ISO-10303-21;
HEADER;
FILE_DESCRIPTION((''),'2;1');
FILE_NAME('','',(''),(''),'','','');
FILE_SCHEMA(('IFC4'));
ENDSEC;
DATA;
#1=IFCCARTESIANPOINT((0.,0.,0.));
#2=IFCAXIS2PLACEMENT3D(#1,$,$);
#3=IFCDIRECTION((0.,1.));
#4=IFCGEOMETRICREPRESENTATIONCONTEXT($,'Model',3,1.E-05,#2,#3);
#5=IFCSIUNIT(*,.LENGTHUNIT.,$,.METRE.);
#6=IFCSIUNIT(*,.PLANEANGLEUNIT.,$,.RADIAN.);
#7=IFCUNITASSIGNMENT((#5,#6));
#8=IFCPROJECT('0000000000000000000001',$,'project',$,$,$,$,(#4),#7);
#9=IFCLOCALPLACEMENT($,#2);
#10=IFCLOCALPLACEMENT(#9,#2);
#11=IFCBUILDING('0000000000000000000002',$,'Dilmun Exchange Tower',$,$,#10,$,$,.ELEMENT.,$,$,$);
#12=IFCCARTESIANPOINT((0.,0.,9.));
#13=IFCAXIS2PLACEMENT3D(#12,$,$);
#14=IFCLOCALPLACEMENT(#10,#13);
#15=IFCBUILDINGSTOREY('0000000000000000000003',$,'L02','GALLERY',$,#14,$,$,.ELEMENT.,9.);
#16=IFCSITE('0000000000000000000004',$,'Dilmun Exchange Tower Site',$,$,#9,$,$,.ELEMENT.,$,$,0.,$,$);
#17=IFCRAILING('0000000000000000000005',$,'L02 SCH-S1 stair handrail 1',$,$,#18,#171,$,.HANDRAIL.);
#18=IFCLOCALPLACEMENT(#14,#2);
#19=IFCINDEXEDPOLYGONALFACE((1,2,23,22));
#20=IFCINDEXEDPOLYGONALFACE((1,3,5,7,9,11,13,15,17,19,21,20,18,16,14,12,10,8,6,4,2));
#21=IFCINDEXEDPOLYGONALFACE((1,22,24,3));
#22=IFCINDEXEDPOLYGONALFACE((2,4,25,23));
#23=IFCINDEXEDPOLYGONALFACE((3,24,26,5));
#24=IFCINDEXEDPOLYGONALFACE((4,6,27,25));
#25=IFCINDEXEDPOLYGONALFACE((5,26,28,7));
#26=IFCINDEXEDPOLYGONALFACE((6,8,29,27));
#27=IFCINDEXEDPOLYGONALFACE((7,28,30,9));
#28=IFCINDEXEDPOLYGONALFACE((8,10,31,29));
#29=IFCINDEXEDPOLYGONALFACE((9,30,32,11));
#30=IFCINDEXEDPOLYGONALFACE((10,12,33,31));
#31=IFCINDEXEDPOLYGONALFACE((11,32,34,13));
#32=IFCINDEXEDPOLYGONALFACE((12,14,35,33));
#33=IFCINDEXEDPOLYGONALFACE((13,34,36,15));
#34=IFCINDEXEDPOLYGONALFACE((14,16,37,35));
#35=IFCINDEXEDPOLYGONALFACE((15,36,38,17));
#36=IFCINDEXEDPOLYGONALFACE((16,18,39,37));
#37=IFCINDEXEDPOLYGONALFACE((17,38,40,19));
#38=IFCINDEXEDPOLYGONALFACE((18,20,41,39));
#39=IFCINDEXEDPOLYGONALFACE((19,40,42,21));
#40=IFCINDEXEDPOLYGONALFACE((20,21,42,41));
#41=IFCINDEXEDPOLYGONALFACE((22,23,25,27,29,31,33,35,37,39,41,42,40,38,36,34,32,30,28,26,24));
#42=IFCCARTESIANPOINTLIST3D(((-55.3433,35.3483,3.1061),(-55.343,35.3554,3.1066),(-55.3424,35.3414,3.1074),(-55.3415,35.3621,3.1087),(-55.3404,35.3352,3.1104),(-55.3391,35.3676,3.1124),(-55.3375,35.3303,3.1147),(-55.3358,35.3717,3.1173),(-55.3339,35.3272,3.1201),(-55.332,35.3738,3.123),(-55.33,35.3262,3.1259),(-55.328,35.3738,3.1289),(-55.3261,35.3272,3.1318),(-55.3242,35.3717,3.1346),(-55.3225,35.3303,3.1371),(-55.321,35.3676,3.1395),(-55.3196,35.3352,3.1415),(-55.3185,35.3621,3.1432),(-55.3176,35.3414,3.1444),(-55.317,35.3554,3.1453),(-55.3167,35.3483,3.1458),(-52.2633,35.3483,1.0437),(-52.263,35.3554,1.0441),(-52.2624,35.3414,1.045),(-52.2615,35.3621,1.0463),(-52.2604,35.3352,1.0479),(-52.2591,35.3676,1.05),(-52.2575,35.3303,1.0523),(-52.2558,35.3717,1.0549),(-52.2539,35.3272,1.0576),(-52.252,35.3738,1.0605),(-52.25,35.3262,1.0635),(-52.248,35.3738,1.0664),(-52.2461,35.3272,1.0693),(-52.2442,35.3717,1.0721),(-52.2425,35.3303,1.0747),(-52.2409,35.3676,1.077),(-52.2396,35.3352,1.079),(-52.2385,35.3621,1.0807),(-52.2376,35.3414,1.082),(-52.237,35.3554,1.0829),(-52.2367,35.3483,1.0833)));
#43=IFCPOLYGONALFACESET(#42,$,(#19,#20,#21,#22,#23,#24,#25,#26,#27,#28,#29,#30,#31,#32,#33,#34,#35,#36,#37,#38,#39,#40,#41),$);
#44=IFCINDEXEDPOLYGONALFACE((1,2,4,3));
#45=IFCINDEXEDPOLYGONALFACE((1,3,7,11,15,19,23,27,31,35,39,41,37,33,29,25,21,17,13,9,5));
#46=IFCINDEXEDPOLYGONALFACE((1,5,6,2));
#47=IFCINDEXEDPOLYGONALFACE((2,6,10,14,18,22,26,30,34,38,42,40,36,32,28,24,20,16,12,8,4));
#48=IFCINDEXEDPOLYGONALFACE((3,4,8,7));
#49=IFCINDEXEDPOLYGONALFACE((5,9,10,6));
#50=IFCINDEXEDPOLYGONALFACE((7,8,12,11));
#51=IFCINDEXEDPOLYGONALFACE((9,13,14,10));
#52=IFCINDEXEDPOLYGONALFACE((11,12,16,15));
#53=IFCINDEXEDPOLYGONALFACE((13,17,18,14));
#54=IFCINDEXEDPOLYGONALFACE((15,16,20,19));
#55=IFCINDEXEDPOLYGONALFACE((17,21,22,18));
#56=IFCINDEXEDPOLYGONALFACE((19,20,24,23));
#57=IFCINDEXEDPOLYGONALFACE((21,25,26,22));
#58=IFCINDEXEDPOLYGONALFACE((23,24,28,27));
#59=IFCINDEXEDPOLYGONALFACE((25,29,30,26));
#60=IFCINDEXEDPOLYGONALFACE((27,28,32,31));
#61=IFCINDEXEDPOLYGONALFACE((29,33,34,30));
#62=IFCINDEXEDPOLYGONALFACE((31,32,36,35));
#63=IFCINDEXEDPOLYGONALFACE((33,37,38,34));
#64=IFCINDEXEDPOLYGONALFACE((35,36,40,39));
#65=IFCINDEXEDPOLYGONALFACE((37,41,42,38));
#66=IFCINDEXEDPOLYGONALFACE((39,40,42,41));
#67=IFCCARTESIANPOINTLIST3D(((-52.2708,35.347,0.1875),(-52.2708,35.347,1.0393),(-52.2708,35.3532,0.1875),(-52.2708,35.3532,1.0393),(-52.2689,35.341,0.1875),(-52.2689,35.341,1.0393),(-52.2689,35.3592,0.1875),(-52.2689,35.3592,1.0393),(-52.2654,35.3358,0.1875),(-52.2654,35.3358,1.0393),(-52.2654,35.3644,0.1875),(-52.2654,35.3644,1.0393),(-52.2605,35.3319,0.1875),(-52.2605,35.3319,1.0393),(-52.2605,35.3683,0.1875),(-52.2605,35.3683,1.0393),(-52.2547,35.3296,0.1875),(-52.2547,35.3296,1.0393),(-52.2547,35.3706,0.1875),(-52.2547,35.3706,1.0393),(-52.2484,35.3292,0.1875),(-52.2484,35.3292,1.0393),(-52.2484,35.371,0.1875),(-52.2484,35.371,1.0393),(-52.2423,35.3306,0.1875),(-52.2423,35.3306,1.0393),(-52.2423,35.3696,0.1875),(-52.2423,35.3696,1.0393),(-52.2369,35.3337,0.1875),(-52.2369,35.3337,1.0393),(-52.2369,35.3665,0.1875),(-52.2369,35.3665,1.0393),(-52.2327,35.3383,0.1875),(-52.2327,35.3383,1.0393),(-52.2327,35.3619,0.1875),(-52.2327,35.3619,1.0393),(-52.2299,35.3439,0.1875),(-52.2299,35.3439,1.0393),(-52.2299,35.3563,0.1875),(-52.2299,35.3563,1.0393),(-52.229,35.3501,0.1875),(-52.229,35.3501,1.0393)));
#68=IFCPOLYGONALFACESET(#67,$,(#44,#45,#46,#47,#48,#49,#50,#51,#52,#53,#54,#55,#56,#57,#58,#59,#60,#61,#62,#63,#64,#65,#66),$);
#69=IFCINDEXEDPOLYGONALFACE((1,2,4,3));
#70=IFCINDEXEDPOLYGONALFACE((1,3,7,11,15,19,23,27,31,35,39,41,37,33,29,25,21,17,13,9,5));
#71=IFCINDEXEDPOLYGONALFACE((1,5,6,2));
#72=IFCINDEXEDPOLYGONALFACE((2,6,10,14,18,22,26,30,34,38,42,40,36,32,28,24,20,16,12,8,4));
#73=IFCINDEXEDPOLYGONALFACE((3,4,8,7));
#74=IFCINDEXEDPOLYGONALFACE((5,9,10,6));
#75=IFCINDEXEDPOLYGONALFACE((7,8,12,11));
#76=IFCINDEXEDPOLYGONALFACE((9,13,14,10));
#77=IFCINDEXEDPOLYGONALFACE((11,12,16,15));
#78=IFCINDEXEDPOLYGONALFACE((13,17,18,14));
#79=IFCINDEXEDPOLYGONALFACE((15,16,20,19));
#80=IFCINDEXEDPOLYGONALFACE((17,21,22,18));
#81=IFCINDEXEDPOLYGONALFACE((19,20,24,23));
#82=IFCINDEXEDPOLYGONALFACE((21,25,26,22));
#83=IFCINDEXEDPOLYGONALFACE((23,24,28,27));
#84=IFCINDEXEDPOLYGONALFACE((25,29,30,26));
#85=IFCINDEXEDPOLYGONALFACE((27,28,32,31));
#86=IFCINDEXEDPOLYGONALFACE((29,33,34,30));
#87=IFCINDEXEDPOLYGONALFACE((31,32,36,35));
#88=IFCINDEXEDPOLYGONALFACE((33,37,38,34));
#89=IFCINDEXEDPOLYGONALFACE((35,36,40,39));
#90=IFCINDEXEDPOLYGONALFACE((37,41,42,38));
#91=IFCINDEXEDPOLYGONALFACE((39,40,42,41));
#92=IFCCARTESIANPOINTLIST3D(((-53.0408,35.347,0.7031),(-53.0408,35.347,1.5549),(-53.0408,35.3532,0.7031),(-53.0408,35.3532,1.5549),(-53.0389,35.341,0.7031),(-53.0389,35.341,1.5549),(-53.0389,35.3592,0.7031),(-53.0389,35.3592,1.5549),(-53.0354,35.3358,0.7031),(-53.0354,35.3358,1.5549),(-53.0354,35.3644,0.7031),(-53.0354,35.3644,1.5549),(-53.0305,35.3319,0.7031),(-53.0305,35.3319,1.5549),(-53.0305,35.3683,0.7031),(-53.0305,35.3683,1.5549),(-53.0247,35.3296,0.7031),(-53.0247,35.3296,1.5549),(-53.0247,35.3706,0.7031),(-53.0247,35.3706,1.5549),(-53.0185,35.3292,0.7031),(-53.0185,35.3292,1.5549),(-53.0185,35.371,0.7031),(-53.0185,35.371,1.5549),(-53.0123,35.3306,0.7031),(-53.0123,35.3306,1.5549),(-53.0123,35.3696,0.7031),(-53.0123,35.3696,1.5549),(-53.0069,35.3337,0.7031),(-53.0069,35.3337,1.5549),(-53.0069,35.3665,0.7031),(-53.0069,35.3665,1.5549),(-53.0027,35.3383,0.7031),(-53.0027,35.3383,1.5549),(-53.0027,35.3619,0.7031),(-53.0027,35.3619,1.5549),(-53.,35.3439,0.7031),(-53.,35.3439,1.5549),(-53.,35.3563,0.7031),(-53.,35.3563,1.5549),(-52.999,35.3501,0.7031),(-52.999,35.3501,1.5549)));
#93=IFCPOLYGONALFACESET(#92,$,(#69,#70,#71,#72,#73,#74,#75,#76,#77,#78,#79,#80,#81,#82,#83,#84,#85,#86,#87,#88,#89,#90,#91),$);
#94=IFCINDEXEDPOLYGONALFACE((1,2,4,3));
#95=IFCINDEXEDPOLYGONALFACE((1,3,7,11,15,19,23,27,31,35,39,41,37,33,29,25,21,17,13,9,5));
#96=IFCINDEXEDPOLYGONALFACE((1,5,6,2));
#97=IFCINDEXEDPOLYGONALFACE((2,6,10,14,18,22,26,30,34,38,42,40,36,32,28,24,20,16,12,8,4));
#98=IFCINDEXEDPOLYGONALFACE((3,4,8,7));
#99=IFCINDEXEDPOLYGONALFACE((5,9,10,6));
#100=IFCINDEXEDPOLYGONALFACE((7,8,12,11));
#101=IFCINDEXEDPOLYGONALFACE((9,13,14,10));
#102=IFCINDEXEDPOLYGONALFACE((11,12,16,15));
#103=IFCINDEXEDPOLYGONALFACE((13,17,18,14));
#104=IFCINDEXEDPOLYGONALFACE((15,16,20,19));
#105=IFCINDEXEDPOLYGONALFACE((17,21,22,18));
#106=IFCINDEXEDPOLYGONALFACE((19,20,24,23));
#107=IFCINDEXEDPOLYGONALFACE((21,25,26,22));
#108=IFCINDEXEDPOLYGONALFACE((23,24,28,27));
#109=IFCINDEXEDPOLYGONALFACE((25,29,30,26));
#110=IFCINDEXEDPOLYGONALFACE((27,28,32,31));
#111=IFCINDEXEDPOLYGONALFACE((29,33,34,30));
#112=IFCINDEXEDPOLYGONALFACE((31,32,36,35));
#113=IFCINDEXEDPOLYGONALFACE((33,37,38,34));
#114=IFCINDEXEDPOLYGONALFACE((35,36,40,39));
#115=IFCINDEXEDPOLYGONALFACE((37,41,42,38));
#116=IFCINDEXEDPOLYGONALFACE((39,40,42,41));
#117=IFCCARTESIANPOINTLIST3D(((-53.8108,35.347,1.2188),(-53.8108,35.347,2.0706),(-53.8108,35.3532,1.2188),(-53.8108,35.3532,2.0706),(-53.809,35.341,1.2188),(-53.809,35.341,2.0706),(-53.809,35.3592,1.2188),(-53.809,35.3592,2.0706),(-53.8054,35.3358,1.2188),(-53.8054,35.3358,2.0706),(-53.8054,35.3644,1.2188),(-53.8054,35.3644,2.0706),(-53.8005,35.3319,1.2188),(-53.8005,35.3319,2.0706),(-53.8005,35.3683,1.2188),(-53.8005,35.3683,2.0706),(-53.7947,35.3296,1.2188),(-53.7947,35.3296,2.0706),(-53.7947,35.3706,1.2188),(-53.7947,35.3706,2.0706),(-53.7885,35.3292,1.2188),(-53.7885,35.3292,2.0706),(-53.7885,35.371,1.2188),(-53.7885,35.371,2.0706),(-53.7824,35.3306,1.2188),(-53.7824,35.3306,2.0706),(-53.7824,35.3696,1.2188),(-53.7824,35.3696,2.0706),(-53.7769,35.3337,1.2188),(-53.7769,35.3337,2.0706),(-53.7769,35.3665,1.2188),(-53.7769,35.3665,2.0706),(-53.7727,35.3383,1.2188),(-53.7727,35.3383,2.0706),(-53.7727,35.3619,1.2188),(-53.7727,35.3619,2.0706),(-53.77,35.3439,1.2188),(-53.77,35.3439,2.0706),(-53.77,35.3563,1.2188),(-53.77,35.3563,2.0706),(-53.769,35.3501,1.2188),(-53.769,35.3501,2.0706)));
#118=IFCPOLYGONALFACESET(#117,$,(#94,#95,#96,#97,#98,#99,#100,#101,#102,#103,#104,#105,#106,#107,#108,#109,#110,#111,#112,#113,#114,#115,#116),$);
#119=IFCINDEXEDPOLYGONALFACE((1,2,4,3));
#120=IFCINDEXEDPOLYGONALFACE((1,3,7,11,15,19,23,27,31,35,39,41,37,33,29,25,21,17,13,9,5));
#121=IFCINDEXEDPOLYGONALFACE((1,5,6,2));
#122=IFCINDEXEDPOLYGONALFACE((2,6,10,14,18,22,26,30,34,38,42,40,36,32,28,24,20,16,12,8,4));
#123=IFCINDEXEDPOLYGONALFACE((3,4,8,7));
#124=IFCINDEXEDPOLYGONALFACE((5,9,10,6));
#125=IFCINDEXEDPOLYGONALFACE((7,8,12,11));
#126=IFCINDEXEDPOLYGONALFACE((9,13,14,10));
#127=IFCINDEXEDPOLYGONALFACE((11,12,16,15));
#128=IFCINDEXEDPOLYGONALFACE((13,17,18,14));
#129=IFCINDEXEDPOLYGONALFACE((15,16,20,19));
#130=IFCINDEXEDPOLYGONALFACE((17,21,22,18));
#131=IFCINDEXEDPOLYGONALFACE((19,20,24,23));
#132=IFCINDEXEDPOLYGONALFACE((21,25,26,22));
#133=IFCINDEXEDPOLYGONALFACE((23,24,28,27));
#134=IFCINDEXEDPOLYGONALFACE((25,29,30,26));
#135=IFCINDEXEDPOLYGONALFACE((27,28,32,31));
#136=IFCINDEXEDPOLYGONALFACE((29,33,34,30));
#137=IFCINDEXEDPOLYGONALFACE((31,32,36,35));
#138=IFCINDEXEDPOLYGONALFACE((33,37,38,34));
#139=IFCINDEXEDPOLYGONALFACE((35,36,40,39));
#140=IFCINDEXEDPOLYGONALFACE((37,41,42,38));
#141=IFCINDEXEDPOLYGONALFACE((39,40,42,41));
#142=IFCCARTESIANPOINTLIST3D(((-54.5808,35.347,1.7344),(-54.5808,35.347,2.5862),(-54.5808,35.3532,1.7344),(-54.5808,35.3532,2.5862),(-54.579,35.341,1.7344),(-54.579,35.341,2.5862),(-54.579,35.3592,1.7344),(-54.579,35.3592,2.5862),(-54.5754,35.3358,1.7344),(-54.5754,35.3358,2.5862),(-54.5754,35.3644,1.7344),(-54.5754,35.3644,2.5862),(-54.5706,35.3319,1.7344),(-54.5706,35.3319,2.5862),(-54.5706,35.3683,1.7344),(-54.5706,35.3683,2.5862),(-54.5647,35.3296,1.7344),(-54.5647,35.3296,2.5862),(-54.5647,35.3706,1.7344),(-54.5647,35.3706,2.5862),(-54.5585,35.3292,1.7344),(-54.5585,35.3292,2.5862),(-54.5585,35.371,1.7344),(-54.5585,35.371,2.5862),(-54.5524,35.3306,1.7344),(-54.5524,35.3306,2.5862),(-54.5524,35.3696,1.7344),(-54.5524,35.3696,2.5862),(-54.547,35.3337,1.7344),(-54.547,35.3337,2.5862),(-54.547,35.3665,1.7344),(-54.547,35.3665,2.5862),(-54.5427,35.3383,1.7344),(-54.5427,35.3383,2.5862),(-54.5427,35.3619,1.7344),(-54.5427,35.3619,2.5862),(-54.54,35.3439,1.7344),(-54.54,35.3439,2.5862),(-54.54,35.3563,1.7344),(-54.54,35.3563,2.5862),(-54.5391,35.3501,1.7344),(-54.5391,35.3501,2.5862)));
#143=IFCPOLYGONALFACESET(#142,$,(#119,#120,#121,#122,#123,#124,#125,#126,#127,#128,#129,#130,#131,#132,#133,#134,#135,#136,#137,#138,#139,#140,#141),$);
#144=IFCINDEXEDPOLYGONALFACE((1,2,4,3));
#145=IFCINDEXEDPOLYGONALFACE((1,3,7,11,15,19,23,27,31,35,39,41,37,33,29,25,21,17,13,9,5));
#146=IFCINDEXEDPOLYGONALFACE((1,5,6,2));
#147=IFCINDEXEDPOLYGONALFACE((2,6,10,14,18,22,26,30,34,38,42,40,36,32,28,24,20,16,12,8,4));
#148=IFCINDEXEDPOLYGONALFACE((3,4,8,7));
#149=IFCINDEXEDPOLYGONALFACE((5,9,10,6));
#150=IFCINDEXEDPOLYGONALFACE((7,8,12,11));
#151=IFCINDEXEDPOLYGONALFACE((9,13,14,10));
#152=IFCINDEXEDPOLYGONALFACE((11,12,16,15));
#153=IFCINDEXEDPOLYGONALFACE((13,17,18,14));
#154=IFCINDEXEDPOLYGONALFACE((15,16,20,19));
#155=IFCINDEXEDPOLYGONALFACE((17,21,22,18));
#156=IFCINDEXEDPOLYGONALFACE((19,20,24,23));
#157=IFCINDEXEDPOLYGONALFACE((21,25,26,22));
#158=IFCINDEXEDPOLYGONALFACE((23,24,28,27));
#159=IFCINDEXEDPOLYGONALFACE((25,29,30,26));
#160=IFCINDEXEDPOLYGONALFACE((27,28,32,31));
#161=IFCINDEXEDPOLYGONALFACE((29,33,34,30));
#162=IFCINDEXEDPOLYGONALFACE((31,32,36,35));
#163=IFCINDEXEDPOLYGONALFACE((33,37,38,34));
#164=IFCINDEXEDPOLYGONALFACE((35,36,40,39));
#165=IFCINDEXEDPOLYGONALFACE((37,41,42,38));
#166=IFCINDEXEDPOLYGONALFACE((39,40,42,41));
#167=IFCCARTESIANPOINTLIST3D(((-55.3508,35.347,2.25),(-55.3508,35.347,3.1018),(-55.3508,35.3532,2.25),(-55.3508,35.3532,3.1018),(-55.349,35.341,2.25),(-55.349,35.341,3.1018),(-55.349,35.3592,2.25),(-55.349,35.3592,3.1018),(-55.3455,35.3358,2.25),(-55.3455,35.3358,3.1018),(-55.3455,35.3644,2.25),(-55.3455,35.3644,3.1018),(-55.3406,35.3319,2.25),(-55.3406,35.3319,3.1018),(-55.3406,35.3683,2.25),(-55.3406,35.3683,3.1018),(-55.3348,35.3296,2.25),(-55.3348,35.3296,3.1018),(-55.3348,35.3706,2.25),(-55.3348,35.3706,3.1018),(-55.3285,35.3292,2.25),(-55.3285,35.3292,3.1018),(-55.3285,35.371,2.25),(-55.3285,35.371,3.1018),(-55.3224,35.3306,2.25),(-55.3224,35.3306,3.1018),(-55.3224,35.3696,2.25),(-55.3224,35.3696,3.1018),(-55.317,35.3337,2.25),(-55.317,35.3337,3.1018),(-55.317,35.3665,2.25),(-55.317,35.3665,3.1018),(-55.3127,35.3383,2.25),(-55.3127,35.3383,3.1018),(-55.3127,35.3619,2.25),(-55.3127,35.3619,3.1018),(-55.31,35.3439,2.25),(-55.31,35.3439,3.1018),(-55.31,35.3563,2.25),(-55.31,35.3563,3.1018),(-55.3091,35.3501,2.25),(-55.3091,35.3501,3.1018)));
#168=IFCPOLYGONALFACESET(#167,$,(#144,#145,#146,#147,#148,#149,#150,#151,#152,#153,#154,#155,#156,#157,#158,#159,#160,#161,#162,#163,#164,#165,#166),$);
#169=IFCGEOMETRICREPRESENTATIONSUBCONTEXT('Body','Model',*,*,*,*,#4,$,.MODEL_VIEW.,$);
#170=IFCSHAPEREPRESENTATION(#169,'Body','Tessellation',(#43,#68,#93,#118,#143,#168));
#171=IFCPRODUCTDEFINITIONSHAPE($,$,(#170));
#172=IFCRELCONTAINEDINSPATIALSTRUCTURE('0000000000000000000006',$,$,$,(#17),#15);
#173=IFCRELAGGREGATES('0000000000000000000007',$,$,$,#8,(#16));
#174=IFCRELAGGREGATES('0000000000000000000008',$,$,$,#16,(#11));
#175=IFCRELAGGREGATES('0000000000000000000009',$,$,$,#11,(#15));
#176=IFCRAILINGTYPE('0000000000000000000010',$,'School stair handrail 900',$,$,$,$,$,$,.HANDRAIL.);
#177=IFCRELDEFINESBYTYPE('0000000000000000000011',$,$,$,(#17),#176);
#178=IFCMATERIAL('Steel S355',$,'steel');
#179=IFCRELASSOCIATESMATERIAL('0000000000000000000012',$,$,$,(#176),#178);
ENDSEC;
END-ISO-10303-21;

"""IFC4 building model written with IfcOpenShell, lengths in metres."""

from ifc_helpers import new_model, si_unit, direction, frame, origin, origin_2d, place, context, subcontext, project, spatial, circle, extrude, material, type_object, element, save


model = new_model("IFC4")

# Units and contexts
model_context = context("Model", 3, precision=1e-05, world=origin(), true_north=direction((0.0, 1.0)))
body_context = subcontext(model_context, "Body", "Model", "MODEL_VIEW")
ifc_project = project(units=[si_unit("LENGTHUNIT", "METRE"), si_unit("PLANEANGLEUNIT", "RADIAN")], contexts=[model_context])

# Site, building, storey
site_placement = place(None, origin())
site = spatial("IfcSite", under=ifc_project, at=site_placement, Name="Dilmun Exchange Tower Site", CompositionType="ELEMENT", RefElevation=0.0)
building_placement = place(site_placement, origin())
building = spatial("IfcBuilding", under=site, at=building_placement, Name="Dilmun Exchange Tower", CompositionType="ELEMENT")
storey_placement = place(building_placement, frame((0.0, 0.0, 9.0)))
storey = spatial("IfcBuildingStorey", under=building, at=storey_placement, Name="L02", Description="GALLERY", CompositionType="ELEMENT", Elevation=9.0)

# Railing
ifc_material_1 = material(Name="Steel S355", Category="steel")
railing_type_1 = type_object("IfcRailingType", Name="School stair handrail 900", PredefinedType="HANDRAIL", material=ifc_material_1)
railing_1_placement = place(storey_placement, frame((-52.25, 35.3501, 0.1875)))
element("IfcRailing", 1, at=railing_1_placement, inside=storey, type_object=railing_type_1, Name="L02 SCH-S1 stair handrail 1", PredefinedType="HANDRAIL", context=body_context, shape_type="SweptSolid", body=[
    extrude(circle(Radius=0.0239, at=origin_2d()), frame((0.0, 0.0, 0.876), z_axis=(-0.830914, 0.0, 0.556401), x_axis=(0.0, -1.0, 0.0)), (0.0, 0.0, 1.0), 3.7068),
    extrude(circle(Radius=0.021, at=origin_2d()), origin(), (0.0, 0.0, 1.0), 0.8518),
    extrude(circle(Radius=0.021, at=origin_2d()), frame((-0.77, 0.0, 0.5156)), (0.0, 0.0, 1.0), 0.8518),
    extrude(circle(Radius=0.021, at=origin_2d()), frame((-1.54, 0.0, 1.0312)), (0.0, 0.0, 1.0), 0.8518),
    extrude(circle(Radius=0.021, at=origin_2d()), frame((-2.3101, 0.0, 1.5469)), (0.0, 0.0, 1.0), 0.8518),
    extrude(circle(Radius=0.021, at=origin_2d()), frame((-3.0801, 0.0, 2.0625)), (0.0, 0.0, 1.0), 0.8518),
])

save(model, "model.ifc")
